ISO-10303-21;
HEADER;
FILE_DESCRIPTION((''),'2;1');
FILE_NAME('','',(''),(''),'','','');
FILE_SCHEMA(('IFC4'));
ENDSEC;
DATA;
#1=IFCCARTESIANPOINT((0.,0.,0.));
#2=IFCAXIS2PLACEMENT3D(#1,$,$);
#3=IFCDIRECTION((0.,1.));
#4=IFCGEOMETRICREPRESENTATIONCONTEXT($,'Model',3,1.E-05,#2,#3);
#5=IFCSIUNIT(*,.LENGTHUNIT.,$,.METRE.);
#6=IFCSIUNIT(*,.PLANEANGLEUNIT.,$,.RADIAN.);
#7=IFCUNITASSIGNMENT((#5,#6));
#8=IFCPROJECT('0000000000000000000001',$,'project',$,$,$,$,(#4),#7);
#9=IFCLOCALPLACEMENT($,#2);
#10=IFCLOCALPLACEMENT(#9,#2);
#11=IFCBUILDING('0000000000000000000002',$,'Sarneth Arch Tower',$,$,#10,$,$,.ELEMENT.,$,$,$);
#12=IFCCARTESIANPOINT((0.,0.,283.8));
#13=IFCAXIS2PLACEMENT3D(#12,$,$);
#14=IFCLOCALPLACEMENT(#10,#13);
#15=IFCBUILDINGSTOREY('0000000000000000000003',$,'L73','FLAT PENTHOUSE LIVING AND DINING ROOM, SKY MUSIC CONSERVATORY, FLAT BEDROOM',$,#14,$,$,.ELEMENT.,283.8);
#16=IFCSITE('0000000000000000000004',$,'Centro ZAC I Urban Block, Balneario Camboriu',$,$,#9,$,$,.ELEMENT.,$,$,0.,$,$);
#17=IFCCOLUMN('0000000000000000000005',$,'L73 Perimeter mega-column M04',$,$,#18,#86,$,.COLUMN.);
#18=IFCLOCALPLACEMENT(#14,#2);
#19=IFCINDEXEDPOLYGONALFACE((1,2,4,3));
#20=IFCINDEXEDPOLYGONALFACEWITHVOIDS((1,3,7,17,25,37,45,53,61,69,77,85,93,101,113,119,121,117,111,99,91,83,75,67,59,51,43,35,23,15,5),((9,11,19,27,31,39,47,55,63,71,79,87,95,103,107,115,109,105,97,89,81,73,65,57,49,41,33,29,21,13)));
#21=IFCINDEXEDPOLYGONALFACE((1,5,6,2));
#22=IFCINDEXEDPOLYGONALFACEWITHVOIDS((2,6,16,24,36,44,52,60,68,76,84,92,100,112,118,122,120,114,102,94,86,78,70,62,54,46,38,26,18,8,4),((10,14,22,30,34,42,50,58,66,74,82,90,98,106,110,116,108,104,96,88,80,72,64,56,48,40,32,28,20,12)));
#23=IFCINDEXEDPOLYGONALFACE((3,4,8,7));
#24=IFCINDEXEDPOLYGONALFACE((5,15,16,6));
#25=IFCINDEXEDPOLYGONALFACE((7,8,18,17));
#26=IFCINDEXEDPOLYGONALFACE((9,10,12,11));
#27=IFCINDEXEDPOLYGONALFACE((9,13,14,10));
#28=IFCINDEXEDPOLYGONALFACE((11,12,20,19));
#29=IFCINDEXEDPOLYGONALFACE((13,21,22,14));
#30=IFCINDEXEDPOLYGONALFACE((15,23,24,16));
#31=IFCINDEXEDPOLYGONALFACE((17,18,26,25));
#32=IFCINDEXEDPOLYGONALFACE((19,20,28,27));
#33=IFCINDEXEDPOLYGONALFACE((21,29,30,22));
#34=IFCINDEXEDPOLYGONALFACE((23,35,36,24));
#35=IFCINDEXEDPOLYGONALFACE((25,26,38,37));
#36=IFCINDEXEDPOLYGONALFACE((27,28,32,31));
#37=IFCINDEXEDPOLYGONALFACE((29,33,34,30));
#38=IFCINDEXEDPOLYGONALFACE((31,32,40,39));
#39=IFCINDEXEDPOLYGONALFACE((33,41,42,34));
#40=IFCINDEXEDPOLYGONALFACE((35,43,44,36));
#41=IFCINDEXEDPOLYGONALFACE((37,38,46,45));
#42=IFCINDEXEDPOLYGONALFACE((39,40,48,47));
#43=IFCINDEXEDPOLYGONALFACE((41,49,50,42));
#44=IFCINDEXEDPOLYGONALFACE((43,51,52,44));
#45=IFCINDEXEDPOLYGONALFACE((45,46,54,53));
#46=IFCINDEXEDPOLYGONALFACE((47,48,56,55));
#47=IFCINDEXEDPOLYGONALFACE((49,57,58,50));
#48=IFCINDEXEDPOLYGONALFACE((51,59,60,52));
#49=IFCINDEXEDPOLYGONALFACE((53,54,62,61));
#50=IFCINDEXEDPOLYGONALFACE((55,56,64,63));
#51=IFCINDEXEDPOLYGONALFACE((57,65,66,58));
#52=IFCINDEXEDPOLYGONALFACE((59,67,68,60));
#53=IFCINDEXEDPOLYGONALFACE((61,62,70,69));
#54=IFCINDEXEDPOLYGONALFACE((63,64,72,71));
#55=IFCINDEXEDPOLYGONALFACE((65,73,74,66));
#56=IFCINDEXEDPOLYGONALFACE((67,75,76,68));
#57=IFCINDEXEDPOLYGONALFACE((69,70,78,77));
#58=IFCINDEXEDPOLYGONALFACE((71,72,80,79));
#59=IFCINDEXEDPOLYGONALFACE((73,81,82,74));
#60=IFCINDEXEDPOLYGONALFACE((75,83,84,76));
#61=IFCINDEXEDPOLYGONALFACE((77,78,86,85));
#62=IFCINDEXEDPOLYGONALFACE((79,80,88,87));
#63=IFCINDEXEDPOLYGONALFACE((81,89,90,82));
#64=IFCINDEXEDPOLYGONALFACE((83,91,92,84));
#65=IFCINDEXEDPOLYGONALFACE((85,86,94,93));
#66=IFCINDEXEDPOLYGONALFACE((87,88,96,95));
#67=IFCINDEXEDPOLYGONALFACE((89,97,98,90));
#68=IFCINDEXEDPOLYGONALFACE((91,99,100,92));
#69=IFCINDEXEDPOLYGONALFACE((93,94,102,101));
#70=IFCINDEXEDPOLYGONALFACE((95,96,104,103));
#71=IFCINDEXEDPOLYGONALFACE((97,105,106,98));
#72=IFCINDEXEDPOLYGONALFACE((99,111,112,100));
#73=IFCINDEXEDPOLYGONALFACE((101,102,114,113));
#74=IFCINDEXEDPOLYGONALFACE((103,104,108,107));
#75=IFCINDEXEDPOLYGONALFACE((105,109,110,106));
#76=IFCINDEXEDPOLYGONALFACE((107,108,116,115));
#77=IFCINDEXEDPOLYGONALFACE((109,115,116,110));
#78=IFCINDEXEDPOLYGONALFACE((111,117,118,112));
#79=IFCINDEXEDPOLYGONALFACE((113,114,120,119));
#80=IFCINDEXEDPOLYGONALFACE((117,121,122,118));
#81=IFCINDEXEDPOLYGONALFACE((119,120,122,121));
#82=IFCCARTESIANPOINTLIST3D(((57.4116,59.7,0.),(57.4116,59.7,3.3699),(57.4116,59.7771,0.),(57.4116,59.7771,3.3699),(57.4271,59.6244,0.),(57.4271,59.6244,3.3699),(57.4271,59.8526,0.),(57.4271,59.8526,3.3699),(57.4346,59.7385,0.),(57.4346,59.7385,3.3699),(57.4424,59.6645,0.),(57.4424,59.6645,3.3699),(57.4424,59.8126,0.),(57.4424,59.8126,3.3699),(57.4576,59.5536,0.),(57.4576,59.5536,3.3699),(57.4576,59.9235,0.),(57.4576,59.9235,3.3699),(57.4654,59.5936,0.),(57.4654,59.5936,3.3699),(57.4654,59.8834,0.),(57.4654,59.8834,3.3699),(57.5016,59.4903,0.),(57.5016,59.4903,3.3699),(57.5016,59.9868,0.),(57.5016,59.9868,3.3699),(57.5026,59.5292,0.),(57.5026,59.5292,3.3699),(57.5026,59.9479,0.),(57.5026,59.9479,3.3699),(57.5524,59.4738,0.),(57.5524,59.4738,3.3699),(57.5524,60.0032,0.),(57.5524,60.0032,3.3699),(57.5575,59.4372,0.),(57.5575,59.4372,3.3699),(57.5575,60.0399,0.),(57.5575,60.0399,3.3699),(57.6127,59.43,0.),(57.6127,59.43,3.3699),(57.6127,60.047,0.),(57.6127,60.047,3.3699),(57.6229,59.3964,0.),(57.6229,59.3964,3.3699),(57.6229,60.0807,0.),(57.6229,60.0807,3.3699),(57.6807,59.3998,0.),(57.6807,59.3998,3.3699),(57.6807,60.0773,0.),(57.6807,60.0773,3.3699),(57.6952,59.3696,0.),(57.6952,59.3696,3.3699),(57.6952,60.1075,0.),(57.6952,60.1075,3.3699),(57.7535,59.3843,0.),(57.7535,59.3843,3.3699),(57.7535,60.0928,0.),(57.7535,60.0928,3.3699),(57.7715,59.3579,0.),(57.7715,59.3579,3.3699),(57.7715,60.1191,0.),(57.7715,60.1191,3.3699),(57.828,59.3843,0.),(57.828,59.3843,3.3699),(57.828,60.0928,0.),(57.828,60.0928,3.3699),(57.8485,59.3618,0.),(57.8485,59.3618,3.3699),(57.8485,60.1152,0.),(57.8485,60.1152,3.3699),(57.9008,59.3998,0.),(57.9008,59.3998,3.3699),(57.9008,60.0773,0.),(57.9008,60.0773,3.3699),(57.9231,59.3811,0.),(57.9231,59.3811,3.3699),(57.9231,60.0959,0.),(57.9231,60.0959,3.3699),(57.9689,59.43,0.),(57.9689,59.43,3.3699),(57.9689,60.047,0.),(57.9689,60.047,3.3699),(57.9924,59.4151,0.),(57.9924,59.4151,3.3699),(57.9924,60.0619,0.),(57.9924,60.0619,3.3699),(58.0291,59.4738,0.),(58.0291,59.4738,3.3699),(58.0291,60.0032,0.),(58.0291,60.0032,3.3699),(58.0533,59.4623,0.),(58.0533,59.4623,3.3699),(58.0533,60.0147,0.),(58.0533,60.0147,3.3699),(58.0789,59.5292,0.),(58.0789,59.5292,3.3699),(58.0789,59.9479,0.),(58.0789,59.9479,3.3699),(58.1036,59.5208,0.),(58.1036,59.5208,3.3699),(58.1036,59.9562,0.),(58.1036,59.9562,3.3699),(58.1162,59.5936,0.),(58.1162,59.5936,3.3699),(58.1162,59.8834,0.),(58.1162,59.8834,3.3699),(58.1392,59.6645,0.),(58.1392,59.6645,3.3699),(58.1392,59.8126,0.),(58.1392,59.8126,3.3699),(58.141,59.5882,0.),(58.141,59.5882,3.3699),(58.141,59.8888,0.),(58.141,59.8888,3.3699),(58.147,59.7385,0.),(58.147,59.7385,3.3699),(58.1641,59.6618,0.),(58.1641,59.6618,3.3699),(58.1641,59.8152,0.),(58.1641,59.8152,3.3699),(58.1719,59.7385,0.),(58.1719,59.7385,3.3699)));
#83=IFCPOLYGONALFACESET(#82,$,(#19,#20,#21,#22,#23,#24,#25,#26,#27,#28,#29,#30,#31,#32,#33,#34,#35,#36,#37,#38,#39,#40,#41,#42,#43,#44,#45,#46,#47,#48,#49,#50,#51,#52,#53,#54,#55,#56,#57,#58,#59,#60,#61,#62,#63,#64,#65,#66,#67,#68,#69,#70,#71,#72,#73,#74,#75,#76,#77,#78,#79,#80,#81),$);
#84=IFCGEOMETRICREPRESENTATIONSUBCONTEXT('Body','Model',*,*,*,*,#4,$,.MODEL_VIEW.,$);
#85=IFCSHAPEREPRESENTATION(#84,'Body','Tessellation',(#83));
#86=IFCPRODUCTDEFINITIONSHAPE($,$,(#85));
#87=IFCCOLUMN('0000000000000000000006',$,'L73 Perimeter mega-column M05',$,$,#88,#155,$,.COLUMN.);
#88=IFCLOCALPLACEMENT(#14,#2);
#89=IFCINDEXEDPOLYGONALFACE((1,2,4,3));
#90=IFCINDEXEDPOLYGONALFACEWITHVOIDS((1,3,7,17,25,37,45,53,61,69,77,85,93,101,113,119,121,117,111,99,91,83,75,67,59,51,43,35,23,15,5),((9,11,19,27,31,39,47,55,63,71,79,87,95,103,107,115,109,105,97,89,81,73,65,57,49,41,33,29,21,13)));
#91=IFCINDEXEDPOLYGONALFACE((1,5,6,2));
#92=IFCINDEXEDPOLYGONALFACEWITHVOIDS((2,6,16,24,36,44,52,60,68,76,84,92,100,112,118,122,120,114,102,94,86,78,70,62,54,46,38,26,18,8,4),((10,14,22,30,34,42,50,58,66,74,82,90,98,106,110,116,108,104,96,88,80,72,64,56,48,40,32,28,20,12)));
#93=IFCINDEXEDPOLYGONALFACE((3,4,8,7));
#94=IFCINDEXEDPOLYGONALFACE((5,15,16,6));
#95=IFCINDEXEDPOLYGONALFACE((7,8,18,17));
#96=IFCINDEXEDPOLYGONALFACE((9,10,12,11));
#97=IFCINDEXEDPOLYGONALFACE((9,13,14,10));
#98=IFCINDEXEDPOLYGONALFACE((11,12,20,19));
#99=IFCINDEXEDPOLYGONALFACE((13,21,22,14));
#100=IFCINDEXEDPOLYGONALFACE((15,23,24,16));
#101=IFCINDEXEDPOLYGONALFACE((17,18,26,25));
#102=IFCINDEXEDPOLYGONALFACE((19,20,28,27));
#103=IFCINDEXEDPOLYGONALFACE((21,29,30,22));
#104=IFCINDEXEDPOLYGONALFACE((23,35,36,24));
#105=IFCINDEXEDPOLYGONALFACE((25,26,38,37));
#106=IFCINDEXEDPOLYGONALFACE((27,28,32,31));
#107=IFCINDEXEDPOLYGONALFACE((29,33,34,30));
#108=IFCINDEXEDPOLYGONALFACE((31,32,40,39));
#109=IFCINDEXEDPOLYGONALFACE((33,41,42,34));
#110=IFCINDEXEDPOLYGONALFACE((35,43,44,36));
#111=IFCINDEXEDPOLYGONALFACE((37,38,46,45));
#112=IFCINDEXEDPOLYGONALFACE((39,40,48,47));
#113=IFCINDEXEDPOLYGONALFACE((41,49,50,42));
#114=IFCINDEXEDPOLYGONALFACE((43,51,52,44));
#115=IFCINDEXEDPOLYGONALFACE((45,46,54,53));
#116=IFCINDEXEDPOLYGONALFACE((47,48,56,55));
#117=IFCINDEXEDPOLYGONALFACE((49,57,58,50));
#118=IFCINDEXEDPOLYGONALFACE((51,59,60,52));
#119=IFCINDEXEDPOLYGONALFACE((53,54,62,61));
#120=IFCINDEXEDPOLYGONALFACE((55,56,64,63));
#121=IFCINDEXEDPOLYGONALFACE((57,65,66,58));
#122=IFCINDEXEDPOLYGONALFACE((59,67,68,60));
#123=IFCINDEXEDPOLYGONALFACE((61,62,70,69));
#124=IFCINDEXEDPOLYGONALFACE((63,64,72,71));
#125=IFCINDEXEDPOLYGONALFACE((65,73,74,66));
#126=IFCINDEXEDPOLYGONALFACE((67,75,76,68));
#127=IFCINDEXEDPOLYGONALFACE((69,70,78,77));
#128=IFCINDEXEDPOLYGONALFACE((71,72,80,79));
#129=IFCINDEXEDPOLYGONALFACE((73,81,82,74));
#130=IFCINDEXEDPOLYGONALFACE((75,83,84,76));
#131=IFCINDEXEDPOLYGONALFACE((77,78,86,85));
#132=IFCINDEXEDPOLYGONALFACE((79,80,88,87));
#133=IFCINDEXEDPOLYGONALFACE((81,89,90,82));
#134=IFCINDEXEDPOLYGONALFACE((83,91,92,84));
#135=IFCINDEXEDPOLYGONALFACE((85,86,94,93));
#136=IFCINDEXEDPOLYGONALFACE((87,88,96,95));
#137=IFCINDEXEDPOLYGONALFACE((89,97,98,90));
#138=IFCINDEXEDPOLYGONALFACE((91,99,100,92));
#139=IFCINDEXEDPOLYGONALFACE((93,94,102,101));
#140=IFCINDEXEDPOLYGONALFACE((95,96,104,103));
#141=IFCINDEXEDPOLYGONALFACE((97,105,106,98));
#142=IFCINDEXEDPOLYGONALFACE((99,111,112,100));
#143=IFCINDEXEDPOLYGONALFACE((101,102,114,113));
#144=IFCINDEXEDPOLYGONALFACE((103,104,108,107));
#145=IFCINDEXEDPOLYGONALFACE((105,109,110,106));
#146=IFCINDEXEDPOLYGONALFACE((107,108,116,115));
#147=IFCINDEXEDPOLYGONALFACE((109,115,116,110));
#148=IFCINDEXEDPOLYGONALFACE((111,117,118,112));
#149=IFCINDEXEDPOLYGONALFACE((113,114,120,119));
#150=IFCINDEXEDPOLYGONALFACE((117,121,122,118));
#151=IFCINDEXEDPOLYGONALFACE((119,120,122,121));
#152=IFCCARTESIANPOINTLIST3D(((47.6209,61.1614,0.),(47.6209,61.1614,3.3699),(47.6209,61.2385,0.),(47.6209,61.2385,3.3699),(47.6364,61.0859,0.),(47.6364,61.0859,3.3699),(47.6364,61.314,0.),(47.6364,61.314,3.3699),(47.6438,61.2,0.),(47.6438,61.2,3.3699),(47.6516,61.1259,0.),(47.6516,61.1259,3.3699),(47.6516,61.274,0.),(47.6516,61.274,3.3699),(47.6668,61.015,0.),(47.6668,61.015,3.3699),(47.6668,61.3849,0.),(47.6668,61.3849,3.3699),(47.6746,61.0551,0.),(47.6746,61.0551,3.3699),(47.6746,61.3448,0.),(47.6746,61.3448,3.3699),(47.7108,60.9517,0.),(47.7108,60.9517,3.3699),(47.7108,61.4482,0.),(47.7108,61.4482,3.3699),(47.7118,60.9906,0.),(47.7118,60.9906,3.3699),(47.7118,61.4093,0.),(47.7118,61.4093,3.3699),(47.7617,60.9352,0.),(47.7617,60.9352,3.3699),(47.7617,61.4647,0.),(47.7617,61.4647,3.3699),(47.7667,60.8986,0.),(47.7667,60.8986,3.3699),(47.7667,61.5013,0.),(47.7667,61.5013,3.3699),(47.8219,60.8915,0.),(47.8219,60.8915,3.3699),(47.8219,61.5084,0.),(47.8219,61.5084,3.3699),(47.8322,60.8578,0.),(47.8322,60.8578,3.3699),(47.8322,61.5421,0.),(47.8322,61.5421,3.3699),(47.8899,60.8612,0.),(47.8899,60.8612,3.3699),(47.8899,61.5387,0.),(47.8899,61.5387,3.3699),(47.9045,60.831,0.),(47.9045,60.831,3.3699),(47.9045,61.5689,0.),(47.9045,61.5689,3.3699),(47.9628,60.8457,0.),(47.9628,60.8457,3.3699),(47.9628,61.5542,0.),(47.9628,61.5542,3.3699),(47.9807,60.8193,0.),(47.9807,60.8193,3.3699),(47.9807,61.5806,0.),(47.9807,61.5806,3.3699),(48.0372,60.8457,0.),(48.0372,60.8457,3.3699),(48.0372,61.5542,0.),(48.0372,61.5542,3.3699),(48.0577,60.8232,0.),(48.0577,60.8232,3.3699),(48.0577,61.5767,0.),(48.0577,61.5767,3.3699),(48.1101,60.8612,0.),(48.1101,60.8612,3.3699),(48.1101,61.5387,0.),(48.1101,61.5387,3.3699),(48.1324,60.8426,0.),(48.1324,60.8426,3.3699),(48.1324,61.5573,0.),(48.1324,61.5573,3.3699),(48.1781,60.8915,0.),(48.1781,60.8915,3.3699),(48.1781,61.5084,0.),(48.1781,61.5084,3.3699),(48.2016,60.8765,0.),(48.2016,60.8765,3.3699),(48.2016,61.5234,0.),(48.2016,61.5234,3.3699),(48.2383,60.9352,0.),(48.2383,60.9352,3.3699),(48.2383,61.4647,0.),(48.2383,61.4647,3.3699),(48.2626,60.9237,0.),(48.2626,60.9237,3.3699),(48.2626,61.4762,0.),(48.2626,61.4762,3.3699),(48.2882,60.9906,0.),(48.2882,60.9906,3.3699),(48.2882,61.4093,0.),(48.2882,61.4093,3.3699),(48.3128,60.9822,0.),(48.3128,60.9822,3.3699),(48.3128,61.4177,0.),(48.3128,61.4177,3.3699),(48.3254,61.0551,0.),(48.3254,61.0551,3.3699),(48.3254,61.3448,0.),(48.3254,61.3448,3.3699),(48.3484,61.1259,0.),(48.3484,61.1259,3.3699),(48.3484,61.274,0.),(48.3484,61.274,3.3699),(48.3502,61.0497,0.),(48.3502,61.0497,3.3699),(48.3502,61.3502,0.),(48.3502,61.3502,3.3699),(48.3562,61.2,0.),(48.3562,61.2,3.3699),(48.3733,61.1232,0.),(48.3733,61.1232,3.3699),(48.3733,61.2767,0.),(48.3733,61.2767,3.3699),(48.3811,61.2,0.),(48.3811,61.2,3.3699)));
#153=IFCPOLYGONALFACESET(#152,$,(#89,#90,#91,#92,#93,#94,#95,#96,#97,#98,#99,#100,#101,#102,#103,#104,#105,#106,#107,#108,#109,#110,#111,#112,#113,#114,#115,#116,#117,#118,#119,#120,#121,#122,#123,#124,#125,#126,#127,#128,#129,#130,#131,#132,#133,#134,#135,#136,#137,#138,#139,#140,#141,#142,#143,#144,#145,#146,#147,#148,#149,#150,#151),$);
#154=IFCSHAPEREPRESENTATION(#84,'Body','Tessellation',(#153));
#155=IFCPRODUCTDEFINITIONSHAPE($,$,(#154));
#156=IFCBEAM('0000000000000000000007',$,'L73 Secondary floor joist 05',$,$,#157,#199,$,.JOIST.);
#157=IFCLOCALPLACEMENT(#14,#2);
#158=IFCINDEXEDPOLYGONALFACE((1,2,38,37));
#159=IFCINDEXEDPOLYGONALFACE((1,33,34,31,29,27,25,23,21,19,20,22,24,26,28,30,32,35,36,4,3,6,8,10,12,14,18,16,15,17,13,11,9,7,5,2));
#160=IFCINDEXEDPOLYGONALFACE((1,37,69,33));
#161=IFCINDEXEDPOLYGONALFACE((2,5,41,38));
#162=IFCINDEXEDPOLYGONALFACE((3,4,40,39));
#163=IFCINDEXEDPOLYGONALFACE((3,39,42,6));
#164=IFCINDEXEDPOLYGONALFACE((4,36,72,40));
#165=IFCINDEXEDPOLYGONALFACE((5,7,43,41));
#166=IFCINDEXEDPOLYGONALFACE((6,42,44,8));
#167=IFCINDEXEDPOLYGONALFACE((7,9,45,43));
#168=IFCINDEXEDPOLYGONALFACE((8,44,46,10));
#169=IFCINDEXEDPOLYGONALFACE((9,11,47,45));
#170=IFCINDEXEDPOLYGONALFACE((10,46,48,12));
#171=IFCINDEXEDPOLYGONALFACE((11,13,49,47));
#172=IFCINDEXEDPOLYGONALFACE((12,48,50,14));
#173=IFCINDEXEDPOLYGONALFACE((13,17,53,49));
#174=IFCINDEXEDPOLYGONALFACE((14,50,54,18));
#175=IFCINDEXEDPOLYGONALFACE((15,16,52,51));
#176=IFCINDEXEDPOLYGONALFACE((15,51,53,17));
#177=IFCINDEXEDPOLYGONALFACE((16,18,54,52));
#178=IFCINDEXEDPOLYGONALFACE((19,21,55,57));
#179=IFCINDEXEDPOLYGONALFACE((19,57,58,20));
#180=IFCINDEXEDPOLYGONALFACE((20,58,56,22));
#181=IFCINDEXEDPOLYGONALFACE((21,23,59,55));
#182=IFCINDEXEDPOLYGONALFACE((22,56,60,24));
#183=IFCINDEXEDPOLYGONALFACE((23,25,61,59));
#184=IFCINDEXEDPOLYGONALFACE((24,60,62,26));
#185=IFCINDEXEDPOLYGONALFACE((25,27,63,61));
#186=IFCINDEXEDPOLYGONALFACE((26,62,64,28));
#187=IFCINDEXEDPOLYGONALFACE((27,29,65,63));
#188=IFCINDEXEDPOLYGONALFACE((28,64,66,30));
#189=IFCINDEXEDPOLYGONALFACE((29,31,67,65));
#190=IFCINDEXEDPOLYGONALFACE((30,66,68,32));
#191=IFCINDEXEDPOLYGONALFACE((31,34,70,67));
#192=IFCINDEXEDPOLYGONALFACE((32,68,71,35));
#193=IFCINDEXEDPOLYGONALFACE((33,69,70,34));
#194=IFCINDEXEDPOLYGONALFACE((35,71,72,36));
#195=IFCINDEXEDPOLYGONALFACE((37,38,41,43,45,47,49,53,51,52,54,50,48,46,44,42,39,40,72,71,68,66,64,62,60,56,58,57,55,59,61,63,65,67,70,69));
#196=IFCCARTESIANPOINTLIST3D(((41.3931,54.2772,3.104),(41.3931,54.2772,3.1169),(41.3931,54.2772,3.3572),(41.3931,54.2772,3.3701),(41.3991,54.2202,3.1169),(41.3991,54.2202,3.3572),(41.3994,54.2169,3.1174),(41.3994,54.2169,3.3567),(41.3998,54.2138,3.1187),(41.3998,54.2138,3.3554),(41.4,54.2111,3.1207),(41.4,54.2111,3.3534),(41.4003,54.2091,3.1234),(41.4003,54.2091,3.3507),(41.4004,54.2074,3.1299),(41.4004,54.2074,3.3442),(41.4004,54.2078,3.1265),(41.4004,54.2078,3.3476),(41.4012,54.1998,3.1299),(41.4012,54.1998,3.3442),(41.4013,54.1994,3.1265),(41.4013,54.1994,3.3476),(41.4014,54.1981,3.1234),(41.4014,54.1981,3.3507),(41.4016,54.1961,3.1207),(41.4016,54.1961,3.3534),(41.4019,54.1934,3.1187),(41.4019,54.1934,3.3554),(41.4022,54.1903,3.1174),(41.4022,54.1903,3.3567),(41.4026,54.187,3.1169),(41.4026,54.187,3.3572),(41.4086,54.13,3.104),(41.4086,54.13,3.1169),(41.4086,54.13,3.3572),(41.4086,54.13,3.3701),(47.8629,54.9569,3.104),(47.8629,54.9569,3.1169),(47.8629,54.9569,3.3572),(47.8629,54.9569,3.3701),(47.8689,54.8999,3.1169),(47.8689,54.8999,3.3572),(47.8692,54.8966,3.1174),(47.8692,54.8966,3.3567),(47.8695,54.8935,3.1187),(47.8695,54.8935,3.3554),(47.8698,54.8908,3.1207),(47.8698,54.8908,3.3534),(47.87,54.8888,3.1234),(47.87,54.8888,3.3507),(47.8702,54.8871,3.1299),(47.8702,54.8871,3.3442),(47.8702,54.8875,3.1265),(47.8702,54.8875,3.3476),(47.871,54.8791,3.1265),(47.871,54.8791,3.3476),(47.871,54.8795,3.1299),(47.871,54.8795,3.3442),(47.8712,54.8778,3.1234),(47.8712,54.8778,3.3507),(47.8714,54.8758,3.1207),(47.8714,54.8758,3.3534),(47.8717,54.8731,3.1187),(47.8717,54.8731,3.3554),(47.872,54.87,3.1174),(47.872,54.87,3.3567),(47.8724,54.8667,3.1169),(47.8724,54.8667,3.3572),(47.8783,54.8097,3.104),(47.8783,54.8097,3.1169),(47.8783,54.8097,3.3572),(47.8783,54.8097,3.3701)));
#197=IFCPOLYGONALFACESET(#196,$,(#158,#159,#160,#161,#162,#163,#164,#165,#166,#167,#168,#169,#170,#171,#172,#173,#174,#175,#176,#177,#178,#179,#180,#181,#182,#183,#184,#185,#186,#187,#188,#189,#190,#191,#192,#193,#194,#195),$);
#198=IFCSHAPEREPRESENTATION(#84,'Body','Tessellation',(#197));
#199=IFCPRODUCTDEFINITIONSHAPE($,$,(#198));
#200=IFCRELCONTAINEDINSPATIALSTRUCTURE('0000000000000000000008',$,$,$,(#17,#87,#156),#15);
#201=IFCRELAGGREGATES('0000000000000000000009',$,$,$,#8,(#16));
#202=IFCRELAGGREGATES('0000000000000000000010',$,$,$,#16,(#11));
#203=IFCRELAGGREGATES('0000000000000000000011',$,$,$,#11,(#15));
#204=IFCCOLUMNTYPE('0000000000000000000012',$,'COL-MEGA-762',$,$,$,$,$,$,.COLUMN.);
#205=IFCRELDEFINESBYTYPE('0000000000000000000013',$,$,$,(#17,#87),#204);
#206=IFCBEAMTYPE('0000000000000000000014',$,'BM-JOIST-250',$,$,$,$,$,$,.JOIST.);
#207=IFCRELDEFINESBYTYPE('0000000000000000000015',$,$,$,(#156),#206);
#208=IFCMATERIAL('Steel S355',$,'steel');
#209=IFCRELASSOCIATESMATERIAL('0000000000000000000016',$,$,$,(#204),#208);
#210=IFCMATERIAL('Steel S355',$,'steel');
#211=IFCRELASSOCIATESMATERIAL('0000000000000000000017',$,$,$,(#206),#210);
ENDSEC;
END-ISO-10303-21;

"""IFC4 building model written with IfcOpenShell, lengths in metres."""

from ifc_helpers import new_model, si_unit, direction, frame, origin, origin_2d, place, context, subcontext, project, spatial, hollow_circle, i_section, extrude, material, material_profile, profile_set, type_object, element, save


model = new_model("IFC4")

# Units and contexts
model_context = context("Model", 3, precision=1e-05, world=origin(), true_north=direction((0.0, 1.0)))
body_context = subcontext(model_context, "Body", "Model", "MODEL_VIEW")
ifc_project = project(units=[si_unit("LENGTHUNIT", "METRE"), si_unit("PLANEANGLEUNIT", "RADIAN")], contexts=[model_context])

# Site, building, storey
site_placement = place(None, origin())
site = spatial("IfcSite", under=ifc_project, at=site_placement, Name="Centro ZAC I Urban Block, Balneario Camboriu", CompositionType="ELEMENT", RefElevation=0.0)
building_placement = place(site_placement, origin())
building = spatial("IfcBuilding", under=site, at=building_placement, Name="Sarneth Arch Tower", CompositionType="ELEMENT")
storey_placement = place(building_placement, frame((0.0, 0.0, 283.8)))
storey = spatial("IfcBuildingStorey", under=building, at=storey_placement, Name="L73", Description="FLAT PENTHOUSE LIVING AND DINING ROOM, SKY MUSIC CONSERVATORY, FLAT BEDROOM", CompositionType="ELEMENT", Elevation=283.8)

# Columns
ifc_material_1 = material(Name="Steel S355", Category="steel")
ifc_material_profile_1 = material_profile(ifc_material_1, hollow_circle(Radius=0.3811, WallThickness=0.0249, at=origin_2d()), Name="CHS762x25")
ifc_profile_set_1 = profile_set([ifc_material_profile_1], Name="Steel S355")
column_type = type_object("IfcColumnType", Name="COL-MEGA-762", PredefinedType="COLUMN", material=ifc_profile_set_1)
for number, where, z_axis, x_axis, name in (
    (1, (57.7908, 59.7385, 0.0), (0.0, 0.0, 1.0), (1.0, 0.0, 0.0), "L73 Perimeter mega-column M04"),
    (2, (48.0, 61.2, 0.0), (0.0, 0.0, 1.0), (1.0, 0.0, 0.0), "L73 Perimeter mega-column M05"),
):
    element("IfcColumn", number, at=place(storey_placement, frame(where, z_axis=z_axis, x_axis=x_axis)), inside=storey, type_object=column_type, Name=name, PredefinedType="COLUMN", context=body_context, shape_type="SweptSolid", body=[
        extrude(hollow_circle(Radius=0.3811, WallThickness=0.0249, at=origin_2d()), origin(), (0.0, 0.0, 1.0), 3.3699),
    ])

# Beam
ifc_material_2 = material(Name="Steel S355", Category="steel")
ifc_material_profile_2 = material_profile(ifc_material_2, i_section(OverallWidth=0.1479, OverallDepth=0.2661, WebThickness=0.0076, FlangeThickness=0.0129, FilletRadius=0.0129, at=origin_2d()), Name="W250x44.8")
ifc_profile_set_2 = profile_set([ifc_material_profile_2], Name="Steel S355")
beam_type_1 = type_object("IfcBeamType", Name="BM-JOIST-250", PredefinedType="JOIST", material=ifc_profile_set_2)
beam_1_placement = place(storey_placement, frame((47.8706, 54.8833, 3.2371), z_axis=(-0.994527, -0.104482, 0.0), x_axis=(0.104482, -0.994527, 0.0)))
element("IfcBeam", 3, at=beam_1_placement, inside=storey, type_object=beam_type_1, Name="L73 Secondary floor joist 05", PredefinedType="JOIST", context=body_context, shape_type="SweptSolid", body=[
    extrude(i_section(OverallWidth=0.1479, OverallDepth=0.2661, WebThickness=0.0076, FlangeThickness=0.0129, FilletRadius=0.0129, at=origin_2d()), origin(), (0.0, 0.0, 1.0), 6.5054),
])

save(model, "model.ifc")
